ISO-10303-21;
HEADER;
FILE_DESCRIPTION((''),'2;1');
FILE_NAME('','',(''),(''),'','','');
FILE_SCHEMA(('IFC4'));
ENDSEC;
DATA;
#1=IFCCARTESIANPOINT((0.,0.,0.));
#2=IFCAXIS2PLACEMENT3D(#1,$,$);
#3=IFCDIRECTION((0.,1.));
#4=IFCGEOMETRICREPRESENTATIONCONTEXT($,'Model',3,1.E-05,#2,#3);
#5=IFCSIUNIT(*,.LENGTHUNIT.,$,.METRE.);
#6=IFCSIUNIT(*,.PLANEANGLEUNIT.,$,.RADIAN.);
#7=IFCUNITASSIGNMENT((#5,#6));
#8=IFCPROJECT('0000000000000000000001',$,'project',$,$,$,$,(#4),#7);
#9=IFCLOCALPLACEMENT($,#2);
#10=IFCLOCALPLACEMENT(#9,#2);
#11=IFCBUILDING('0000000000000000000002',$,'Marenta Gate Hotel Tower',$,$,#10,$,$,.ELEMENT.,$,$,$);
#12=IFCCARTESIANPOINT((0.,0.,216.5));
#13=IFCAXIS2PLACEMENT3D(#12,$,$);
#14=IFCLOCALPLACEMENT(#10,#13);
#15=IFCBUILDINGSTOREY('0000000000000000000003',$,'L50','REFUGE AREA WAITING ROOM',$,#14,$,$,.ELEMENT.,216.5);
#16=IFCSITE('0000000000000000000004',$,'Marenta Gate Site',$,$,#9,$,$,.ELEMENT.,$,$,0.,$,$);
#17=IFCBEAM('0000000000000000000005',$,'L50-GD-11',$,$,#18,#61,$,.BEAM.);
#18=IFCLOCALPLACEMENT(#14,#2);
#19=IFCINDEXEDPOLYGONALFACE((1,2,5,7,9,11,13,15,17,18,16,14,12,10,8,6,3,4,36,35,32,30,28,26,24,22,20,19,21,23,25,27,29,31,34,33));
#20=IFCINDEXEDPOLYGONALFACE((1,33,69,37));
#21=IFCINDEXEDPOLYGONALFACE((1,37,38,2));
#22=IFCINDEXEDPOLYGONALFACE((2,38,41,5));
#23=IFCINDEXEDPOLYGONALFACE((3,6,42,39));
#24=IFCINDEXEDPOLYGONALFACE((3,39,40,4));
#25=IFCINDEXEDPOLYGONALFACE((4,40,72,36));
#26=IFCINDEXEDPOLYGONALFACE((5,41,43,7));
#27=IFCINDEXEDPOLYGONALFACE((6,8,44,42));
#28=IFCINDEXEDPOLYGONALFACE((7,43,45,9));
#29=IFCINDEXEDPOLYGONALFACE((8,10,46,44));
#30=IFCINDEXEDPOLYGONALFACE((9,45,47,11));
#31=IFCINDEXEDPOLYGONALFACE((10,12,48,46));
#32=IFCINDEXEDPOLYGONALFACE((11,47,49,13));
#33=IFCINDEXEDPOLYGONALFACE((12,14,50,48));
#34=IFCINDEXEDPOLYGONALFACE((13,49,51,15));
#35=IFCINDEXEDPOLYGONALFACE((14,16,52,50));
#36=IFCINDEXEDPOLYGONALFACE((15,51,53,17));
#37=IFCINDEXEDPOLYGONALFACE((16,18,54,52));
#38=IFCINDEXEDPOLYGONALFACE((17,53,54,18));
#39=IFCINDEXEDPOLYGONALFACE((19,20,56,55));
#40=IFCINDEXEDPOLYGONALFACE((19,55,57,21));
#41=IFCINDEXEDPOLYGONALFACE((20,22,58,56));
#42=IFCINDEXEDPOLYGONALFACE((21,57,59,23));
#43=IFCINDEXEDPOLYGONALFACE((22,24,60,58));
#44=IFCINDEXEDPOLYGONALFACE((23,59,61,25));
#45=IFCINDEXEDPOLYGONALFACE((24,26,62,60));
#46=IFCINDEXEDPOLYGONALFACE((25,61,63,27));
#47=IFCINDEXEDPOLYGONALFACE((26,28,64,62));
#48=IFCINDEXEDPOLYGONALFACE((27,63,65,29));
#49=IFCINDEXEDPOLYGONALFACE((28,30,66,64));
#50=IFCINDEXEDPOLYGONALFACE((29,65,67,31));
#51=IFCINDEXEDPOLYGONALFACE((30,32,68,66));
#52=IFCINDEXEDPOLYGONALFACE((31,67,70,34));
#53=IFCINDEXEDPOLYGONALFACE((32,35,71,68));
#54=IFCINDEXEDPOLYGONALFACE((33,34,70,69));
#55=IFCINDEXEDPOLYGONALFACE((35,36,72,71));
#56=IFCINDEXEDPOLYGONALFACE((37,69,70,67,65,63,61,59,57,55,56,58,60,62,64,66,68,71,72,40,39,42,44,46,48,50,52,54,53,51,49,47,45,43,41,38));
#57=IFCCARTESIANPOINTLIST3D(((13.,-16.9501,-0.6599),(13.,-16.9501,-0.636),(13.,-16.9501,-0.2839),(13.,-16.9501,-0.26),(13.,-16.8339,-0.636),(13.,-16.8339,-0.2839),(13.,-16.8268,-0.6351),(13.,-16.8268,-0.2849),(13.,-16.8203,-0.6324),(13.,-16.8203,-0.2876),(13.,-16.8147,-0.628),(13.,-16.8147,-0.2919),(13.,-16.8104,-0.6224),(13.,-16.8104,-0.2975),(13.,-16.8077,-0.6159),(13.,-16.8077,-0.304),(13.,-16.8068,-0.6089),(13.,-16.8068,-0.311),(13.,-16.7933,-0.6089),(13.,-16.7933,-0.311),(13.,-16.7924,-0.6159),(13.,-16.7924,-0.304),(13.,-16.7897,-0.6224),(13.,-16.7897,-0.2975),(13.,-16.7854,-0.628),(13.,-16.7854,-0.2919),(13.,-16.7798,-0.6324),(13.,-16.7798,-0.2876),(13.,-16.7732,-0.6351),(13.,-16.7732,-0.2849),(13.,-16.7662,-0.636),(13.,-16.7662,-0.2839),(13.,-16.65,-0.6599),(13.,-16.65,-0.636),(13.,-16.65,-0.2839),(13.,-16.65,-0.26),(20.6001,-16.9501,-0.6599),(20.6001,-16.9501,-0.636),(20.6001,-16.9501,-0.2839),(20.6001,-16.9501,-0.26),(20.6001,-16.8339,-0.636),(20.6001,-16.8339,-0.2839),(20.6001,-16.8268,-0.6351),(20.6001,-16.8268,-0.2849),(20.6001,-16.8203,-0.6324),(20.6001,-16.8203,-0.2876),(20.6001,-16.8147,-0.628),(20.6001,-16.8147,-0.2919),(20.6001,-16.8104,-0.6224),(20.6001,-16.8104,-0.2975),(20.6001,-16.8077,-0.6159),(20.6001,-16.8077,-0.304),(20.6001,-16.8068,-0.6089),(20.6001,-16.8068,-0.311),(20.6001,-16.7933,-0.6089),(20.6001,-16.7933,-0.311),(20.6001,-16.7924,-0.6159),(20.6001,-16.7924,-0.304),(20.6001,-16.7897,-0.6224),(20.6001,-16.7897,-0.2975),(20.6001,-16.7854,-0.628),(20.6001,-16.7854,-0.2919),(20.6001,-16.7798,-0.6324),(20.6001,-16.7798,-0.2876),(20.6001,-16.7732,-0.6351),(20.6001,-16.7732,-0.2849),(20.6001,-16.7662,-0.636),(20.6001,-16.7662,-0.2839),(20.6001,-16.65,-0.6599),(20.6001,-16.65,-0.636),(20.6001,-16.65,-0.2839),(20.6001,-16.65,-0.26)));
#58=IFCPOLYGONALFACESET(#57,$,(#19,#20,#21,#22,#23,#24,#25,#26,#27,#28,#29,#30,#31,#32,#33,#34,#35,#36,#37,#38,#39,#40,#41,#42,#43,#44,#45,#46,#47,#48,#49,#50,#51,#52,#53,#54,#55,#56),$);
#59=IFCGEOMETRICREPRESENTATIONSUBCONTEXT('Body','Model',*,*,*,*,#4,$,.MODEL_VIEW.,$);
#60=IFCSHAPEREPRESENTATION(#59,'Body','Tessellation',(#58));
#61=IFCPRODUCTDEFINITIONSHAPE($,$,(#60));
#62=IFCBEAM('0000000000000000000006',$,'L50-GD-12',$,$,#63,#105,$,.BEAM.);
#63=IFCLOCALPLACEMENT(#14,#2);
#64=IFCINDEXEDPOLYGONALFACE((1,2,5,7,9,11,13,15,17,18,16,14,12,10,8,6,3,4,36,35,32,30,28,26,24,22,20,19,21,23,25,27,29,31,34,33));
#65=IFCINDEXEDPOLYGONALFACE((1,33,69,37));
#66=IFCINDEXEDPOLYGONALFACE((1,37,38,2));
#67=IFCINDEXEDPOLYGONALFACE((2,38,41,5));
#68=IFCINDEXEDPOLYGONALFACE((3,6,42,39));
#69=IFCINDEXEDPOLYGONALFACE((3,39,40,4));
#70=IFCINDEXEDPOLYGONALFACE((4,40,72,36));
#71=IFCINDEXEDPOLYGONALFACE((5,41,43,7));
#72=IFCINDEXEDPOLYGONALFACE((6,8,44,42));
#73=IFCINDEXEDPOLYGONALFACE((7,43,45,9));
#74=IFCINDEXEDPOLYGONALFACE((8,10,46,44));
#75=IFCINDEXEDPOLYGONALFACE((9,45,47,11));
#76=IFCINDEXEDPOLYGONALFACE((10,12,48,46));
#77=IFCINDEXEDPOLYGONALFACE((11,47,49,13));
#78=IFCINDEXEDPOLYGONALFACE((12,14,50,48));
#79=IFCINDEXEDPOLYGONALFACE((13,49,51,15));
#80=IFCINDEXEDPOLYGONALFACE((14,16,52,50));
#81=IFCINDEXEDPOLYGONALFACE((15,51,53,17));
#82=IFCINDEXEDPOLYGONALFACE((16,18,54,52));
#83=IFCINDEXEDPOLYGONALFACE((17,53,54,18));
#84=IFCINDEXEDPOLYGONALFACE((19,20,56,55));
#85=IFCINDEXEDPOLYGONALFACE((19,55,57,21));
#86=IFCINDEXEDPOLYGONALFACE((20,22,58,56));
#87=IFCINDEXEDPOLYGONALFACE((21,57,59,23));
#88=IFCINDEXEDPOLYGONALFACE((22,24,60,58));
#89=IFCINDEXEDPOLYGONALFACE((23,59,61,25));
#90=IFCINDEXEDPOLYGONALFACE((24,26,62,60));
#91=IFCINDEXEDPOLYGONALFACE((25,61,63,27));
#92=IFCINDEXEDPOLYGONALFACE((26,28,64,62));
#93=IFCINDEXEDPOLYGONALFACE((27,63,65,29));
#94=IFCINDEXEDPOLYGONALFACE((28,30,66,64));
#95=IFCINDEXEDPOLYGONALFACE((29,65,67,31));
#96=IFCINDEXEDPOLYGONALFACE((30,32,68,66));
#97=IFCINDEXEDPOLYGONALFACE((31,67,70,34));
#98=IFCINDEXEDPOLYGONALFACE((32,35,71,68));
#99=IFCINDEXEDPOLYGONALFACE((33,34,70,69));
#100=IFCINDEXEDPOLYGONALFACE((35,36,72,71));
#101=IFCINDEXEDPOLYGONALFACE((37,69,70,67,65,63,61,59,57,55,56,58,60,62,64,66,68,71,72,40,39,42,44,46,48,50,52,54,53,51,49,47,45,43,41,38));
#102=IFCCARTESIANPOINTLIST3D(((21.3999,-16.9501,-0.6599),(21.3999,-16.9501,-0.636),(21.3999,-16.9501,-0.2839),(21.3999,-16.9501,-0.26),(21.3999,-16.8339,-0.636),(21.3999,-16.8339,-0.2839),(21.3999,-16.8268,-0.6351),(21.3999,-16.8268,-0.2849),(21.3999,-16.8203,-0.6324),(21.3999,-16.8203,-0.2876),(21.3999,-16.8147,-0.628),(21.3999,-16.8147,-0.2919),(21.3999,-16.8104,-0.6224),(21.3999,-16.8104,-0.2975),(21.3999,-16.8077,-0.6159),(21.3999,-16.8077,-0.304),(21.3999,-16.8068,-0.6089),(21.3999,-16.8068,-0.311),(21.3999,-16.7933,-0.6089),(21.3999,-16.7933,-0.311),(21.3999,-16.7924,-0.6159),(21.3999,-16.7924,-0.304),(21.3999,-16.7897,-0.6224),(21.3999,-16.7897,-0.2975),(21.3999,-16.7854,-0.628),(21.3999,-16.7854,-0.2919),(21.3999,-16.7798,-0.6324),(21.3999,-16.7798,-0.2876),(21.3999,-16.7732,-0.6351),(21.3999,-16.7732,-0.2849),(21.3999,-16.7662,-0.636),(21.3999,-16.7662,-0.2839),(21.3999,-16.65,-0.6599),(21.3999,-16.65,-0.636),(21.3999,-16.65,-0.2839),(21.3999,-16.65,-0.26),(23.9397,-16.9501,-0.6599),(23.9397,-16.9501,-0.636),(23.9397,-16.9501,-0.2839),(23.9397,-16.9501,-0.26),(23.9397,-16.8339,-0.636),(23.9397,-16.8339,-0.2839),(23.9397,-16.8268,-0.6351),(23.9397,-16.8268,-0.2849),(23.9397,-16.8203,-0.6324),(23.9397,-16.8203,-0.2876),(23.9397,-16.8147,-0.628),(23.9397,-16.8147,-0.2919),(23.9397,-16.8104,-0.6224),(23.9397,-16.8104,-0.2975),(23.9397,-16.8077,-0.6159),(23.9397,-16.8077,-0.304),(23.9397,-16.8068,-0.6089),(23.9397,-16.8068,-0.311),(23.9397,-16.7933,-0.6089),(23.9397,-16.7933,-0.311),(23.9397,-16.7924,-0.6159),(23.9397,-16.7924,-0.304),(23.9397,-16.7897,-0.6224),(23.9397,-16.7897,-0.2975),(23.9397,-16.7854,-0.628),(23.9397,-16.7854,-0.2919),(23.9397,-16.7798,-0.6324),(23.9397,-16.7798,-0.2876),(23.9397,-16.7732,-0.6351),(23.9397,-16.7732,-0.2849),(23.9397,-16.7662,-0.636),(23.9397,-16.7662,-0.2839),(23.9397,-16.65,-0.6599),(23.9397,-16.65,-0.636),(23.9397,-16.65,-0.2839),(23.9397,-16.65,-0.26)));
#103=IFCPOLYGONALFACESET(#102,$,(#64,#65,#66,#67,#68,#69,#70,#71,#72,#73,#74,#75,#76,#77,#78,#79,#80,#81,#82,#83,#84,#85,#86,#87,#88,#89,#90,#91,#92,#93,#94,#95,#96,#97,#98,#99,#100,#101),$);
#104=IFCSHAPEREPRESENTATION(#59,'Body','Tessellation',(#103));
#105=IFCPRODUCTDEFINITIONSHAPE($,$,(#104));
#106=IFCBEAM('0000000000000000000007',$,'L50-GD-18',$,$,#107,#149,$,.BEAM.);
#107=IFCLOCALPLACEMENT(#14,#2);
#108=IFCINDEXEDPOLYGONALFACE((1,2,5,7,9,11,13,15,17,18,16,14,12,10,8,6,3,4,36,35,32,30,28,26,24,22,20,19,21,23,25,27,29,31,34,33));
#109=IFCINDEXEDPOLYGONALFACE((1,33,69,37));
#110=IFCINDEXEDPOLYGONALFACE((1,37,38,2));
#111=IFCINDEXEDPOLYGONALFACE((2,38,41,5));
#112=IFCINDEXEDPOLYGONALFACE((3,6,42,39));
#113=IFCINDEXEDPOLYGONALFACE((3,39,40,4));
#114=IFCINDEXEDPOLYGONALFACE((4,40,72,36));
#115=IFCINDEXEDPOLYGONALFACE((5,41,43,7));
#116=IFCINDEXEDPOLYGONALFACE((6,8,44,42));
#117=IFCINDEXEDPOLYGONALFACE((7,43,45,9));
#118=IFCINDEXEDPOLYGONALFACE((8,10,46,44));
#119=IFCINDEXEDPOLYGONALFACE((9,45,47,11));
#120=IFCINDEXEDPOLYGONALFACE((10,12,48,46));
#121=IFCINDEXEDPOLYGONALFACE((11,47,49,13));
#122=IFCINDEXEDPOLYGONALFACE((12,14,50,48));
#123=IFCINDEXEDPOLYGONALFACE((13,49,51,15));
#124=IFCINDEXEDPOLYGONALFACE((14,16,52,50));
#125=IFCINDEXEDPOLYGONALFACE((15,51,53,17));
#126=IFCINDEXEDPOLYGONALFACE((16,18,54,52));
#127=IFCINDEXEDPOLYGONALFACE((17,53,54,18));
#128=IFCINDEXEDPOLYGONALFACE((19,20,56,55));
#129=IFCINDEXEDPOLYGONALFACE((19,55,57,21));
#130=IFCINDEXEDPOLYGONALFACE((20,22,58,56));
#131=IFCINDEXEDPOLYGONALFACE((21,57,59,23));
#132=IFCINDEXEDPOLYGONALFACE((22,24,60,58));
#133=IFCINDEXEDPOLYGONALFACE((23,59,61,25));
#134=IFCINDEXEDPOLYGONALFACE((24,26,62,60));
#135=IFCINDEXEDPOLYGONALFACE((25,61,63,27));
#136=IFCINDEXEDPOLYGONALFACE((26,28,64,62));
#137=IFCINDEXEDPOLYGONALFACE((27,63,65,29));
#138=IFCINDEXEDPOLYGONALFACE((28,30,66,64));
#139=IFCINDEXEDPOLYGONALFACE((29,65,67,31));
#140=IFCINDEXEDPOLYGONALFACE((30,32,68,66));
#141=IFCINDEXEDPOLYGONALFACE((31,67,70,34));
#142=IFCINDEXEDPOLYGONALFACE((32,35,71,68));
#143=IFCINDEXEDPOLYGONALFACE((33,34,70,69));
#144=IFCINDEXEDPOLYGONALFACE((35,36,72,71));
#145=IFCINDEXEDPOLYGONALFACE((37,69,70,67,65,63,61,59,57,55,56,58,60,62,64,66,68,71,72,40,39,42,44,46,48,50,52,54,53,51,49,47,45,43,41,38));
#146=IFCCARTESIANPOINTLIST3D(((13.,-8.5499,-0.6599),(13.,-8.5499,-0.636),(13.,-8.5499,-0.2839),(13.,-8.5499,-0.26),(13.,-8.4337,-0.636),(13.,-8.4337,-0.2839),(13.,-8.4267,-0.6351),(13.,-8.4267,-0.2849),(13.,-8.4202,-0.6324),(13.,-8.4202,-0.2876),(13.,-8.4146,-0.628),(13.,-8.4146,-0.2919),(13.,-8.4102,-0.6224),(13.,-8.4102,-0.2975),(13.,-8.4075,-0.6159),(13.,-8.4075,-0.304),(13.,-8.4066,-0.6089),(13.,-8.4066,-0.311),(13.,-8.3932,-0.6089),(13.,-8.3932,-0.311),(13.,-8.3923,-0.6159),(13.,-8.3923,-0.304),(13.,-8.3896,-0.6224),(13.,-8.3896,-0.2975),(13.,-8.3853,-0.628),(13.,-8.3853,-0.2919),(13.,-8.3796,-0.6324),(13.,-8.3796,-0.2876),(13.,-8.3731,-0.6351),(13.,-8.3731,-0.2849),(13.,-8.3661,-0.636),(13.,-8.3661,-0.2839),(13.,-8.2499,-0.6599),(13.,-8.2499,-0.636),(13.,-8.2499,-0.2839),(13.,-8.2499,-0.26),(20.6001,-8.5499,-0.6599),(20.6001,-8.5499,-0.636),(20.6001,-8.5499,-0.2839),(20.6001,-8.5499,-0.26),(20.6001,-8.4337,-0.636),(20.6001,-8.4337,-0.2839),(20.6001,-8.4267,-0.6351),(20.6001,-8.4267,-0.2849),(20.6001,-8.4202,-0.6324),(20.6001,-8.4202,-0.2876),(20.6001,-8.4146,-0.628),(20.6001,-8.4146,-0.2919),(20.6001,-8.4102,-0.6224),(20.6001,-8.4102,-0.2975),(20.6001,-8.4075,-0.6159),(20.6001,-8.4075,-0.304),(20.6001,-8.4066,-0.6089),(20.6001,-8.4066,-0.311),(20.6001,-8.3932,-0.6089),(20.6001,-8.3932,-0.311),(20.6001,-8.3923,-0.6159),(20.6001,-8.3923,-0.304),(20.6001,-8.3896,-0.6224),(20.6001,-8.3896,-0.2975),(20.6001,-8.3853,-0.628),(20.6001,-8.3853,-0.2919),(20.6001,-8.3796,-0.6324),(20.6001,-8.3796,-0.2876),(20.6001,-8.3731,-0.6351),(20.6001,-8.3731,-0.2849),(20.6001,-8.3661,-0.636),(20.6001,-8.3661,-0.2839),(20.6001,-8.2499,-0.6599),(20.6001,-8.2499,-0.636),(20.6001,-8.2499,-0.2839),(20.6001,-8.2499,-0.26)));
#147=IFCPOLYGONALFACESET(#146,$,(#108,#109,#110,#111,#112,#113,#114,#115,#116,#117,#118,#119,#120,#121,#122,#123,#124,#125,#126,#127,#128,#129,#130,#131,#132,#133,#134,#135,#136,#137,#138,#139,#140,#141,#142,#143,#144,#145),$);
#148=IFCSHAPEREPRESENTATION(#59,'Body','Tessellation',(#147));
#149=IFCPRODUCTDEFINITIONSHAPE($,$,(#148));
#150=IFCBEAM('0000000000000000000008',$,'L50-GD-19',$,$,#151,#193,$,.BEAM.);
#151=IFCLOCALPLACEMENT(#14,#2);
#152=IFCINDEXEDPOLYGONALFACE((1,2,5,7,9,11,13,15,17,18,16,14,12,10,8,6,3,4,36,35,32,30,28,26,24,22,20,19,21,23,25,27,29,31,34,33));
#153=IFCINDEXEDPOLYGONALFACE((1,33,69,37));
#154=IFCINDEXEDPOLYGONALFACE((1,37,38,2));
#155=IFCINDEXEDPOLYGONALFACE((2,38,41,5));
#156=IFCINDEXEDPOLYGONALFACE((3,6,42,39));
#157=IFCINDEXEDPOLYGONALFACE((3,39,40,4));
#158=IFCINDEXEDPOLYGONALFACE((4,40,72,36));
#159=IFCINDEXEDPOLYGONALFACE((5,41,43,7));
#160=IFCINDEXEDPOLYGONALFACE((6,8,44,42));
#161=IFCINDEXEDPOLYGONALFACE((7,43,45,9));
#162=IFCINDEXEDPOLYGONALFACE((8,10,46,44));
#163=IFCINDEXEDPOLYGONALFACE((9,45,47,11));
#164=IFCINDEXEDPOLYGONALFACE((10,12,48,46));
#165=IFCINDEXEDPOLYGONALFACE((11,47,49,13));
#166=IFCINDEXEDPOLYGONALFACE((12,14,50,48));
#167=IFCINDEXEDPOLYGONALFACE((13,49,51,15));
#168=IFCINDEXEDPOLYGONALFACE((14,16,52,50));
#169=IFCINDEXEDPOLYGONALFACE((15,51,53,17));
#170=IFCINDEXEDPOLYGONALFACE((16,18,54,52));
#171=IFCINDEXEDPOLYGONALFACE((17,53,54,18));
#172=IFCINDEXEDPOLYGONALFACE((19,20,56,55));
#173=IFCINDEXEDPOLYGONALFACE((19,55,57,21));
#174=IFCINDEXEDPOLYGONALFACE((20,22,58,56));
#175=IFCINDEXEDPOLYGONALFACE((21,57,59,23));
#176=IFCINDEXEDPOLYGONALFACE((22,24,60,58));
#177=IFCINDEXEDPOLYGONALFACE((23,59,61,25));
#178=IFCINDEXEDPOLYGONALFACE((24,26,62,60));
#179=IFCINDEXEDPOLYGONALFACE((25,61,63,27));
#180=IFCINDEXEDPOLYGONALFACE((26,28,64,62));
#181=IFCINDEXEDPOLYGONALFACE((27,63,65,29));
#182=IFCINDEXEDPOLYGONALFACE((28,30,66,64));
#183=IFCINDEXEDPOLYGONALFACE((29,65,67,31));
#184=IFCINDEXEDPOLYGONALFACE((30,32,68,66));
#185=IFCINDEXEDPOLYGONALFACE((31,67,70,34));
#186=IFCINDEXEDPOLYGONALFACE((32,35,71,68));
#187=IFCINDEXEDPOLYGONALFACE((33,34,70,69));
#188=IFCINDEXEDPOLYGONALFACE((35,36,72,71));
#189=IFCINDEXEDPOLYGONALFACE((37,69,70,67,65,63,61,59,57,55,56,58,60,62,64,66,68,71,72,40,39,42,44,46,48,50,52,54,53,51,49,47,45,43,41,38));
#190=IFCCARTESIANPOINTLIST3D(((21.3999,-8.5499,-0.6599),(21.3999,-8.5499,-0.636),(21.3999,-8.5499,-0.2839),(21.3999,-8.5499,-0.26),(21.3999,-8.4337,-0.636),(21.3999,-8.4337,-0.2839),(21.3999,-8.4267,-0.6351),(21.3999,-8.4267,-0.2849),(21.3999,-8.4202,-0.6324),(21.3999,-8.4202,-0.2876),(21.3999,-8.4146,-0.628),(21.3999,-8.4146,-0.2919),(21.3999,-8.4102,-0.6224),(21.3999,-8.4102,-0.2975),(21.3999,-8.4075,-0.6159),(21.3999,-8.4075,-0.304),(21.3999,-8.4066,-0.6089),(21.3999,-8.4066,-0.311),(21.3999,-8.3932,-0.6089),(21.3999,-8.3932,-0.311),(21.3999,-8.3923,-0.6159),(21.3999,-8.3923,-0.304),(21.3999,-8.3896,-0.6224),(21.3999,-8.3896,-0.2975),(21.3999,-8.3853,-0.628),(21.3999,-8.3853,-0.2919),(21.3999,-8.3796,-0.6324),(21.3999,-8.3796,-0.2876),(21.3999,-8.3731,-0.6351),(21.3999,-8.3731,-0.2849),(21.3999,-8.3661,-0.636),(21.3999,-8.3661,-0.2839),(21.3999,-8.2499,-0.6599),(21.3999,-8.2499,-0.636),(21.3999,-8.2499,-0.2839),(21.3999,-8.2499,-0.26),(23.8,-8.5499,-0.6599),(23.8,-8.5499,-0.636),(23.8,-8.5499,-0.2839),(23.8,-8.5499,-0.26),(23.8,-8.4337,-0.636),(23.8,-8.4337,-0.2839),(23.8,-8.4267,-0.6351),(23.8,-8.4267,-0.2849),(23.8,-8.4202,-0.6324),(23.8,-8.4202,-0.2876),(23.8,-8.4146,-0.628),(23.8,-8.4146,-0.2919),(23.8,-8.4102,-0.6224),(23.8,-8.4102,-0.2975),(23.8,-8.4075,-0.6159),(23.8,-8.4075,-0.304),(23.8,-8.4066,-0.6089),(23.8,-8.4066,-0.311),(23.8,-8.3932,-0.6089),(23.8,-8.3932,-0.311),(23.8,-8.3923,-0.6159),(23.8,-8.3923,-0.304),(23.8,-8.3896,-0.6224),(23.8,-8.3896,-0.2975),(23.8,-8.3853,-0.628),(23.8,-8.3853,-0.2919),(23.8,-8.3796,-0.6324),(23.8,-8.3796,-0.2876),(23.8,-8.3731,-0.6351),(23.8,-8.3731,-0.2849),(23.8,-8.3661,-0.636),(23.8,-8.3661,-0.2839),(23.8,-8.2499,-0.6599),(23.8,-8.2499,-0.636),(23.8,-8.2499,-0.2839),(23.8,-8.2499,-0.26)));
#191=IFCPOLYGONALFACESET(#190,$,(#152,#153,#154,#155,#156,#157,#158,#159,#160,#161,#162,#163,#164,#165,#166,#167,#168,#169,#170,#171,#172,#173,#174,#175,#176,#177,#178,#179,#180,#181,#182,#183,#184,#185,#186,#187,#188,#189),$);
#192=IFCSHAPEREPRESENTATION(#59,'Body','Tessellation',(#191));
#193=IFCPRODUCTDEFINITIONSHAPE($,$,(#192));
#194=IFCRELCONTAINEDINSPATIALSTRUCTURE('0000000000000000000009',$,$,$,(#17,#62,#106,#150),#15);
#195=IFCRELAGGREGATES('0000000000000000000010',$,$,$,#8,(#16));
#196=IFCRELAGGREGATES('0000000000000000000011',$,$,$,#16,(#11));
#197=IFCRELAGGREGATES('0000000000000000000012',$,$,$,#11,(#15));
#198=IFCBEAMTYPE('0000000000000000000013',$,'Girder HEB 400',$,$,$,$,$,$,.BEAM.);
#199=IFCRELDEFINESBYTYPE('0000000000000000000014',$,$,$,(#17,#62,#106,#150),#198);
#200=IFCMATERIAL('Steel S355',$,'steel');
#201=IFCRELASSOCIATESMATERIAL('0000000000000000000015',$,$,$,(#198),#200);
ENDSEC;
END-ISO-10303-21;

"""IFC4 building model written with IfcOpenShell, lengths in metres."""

from ifc_helpers import new_model, si_unit, direction, frame, origin, origin_2d, place, context, subcontext, project, spatial, i_section, extrude, material, material_profile, profile_set, type_object, element, save


model = new_model("IFC4")

# Units and contexts
model_context = context("Model", 3, precision=1e-05, world=origin(), true_north=direction((0.0, 1.0)))
body_context = subcontext(model_context, "Body", "Model", "MODEL_VIEW")
ifc_project = project(units=[si_unit("LENGTHUNIT", "METRE"), si_unit("PLANEANGLEUNIT", "RADIAN")], contexts=[model_context])

# Site, building, storey
site_placement = place(None, origin())
site = spatial("IfcSite", under=ifc_project, at=site_placement, Name="Marenta Gate Site", CompositionType="ELEMENT", RefElevation=0.0)
building_placement = place(site_placement, origin())
building = spatial("IfcBuilding", under=site, at=building_placement, Name="Marenta Gate Hotel Tower", CompositionType="ELEMENT")
storey_placement = place(building_placement, frame((0.0, 0.0, 216.5)))
storey = spatial("IfcBuildingStorey", under=building, at=storey_placement, Name="L50", Description="REFUGE AREA WAITING ROOM", CompositionType="ELEMENT", Elevation=216.5)

# Beams
ifc_material_1 = material(Name="Steel S355", Category="steel")
ifc_material_profile_1 = material_profile(ifc_material_1, i_section(OverallWidth=0.3, OverallDepth=0.3999, WebThickness=0.0134, FlangeThickness=0.0239, FilletRadius=0.0271, at=origin_2d()), Name="HEB 400")
ifc_profile_set_1 = profile_set([ifc_material_profile_1], Name="Steel S355")
beam_type_1 = type_object("IfcBeamType", Name="Girder HEB 400", PredefinedType="BEAM", material=ifc_profile_set_1)
beam_1_placement = place(storey_placement, frame((13.0, -16.8, -0.46), z_axis=(1.0, 0.0, 0.0), x_axis=(0.0, 1.0, 0.0)))
element("IfcBeam", 1, at=beam_1_placement, inside=storey, type_object=beam_type_1, Name="L50-GD-11", PredefinedType="BEAM", context=body_context, shape_type="SweptSolid", body=[
    extrude(i_section(OverallWidth=0.3, OverallDepth=0.3999, WebThickness=0.0134, FlangeThickness=0.0239, FilletRadius=0.0271, at=origin_2d()), origin(), (0.0, 0.0, 1.0), 7.6001),
])
beam_2_placement = place(storey_placement, frame((21.3999, -16.8, -0.46), z_axis=(1.0, 0.0, 0.0), x_axis=(0.0, 1.0, 0.0)))
element("IfcBeam", 2, at=beam_2_placement, inside=storey, type_object=beam_type_1, Name="L50-GD-12", PredefinedType="BEAM", context=body_context, shape_type="SweptSolid", body=[
    extrude(i_section(OverallWidth=0.3, OverallDepth=0.3999, WebThickness=0.0134, FlangeThickness=0.0239, FilletRadius=0.0271, at=origin_2d()), origin(), (0.0, 0.0, 1.0), 2.5398),
])
beam_3_placement = place(storey_placement, frame((13.0, -8.3999, -0.46), z_axis=(1.0, 0.0, 0.0), x_axis=(0.0, 1.0, 0.0)))
element("IfcBeam", 3, at=beam_3_placement, inside=storey, type_object=beam_type_1, Name="L50-GD-18", PredefinedType="BEAM", context=body_context, shape_type="SweptSolid", body=[
    extrude(i_section(OverallWidth=0.3, OverallDepth=0.3999, WebThickness=0.0134, FlangeThickness=0.0239, FilletRadius=0.0271, at=origin_2d()), origin(), (0.0, 0.0, 1.0), 7.6001),
])
beam_4_placement = place(storey_placement, frame((21.3999, -8.3999, -0.46), z_axis=(1.0, 0.0, 0.0), x_axis=(0.0, 1.0, 0.0)))
element("IfcBeam", 4, at=beam_4_placement, inside=storey, type_object=beam_type_1, Name="L50-GD-19", PredefinedType="BEAM", context=body_context, shape_type="SweptSolid", body=[
    extrude(i_section(OverallWidth=0.3, OverallDepth=0.3999, WebThickness=0.0134, FlangeThickness=0.0239, FilletRadius=0.0271, at=origin_2d()), origin(), (0.0, 0.0, 1.0), 2.4001),
])

save(model, "model.ifc")
